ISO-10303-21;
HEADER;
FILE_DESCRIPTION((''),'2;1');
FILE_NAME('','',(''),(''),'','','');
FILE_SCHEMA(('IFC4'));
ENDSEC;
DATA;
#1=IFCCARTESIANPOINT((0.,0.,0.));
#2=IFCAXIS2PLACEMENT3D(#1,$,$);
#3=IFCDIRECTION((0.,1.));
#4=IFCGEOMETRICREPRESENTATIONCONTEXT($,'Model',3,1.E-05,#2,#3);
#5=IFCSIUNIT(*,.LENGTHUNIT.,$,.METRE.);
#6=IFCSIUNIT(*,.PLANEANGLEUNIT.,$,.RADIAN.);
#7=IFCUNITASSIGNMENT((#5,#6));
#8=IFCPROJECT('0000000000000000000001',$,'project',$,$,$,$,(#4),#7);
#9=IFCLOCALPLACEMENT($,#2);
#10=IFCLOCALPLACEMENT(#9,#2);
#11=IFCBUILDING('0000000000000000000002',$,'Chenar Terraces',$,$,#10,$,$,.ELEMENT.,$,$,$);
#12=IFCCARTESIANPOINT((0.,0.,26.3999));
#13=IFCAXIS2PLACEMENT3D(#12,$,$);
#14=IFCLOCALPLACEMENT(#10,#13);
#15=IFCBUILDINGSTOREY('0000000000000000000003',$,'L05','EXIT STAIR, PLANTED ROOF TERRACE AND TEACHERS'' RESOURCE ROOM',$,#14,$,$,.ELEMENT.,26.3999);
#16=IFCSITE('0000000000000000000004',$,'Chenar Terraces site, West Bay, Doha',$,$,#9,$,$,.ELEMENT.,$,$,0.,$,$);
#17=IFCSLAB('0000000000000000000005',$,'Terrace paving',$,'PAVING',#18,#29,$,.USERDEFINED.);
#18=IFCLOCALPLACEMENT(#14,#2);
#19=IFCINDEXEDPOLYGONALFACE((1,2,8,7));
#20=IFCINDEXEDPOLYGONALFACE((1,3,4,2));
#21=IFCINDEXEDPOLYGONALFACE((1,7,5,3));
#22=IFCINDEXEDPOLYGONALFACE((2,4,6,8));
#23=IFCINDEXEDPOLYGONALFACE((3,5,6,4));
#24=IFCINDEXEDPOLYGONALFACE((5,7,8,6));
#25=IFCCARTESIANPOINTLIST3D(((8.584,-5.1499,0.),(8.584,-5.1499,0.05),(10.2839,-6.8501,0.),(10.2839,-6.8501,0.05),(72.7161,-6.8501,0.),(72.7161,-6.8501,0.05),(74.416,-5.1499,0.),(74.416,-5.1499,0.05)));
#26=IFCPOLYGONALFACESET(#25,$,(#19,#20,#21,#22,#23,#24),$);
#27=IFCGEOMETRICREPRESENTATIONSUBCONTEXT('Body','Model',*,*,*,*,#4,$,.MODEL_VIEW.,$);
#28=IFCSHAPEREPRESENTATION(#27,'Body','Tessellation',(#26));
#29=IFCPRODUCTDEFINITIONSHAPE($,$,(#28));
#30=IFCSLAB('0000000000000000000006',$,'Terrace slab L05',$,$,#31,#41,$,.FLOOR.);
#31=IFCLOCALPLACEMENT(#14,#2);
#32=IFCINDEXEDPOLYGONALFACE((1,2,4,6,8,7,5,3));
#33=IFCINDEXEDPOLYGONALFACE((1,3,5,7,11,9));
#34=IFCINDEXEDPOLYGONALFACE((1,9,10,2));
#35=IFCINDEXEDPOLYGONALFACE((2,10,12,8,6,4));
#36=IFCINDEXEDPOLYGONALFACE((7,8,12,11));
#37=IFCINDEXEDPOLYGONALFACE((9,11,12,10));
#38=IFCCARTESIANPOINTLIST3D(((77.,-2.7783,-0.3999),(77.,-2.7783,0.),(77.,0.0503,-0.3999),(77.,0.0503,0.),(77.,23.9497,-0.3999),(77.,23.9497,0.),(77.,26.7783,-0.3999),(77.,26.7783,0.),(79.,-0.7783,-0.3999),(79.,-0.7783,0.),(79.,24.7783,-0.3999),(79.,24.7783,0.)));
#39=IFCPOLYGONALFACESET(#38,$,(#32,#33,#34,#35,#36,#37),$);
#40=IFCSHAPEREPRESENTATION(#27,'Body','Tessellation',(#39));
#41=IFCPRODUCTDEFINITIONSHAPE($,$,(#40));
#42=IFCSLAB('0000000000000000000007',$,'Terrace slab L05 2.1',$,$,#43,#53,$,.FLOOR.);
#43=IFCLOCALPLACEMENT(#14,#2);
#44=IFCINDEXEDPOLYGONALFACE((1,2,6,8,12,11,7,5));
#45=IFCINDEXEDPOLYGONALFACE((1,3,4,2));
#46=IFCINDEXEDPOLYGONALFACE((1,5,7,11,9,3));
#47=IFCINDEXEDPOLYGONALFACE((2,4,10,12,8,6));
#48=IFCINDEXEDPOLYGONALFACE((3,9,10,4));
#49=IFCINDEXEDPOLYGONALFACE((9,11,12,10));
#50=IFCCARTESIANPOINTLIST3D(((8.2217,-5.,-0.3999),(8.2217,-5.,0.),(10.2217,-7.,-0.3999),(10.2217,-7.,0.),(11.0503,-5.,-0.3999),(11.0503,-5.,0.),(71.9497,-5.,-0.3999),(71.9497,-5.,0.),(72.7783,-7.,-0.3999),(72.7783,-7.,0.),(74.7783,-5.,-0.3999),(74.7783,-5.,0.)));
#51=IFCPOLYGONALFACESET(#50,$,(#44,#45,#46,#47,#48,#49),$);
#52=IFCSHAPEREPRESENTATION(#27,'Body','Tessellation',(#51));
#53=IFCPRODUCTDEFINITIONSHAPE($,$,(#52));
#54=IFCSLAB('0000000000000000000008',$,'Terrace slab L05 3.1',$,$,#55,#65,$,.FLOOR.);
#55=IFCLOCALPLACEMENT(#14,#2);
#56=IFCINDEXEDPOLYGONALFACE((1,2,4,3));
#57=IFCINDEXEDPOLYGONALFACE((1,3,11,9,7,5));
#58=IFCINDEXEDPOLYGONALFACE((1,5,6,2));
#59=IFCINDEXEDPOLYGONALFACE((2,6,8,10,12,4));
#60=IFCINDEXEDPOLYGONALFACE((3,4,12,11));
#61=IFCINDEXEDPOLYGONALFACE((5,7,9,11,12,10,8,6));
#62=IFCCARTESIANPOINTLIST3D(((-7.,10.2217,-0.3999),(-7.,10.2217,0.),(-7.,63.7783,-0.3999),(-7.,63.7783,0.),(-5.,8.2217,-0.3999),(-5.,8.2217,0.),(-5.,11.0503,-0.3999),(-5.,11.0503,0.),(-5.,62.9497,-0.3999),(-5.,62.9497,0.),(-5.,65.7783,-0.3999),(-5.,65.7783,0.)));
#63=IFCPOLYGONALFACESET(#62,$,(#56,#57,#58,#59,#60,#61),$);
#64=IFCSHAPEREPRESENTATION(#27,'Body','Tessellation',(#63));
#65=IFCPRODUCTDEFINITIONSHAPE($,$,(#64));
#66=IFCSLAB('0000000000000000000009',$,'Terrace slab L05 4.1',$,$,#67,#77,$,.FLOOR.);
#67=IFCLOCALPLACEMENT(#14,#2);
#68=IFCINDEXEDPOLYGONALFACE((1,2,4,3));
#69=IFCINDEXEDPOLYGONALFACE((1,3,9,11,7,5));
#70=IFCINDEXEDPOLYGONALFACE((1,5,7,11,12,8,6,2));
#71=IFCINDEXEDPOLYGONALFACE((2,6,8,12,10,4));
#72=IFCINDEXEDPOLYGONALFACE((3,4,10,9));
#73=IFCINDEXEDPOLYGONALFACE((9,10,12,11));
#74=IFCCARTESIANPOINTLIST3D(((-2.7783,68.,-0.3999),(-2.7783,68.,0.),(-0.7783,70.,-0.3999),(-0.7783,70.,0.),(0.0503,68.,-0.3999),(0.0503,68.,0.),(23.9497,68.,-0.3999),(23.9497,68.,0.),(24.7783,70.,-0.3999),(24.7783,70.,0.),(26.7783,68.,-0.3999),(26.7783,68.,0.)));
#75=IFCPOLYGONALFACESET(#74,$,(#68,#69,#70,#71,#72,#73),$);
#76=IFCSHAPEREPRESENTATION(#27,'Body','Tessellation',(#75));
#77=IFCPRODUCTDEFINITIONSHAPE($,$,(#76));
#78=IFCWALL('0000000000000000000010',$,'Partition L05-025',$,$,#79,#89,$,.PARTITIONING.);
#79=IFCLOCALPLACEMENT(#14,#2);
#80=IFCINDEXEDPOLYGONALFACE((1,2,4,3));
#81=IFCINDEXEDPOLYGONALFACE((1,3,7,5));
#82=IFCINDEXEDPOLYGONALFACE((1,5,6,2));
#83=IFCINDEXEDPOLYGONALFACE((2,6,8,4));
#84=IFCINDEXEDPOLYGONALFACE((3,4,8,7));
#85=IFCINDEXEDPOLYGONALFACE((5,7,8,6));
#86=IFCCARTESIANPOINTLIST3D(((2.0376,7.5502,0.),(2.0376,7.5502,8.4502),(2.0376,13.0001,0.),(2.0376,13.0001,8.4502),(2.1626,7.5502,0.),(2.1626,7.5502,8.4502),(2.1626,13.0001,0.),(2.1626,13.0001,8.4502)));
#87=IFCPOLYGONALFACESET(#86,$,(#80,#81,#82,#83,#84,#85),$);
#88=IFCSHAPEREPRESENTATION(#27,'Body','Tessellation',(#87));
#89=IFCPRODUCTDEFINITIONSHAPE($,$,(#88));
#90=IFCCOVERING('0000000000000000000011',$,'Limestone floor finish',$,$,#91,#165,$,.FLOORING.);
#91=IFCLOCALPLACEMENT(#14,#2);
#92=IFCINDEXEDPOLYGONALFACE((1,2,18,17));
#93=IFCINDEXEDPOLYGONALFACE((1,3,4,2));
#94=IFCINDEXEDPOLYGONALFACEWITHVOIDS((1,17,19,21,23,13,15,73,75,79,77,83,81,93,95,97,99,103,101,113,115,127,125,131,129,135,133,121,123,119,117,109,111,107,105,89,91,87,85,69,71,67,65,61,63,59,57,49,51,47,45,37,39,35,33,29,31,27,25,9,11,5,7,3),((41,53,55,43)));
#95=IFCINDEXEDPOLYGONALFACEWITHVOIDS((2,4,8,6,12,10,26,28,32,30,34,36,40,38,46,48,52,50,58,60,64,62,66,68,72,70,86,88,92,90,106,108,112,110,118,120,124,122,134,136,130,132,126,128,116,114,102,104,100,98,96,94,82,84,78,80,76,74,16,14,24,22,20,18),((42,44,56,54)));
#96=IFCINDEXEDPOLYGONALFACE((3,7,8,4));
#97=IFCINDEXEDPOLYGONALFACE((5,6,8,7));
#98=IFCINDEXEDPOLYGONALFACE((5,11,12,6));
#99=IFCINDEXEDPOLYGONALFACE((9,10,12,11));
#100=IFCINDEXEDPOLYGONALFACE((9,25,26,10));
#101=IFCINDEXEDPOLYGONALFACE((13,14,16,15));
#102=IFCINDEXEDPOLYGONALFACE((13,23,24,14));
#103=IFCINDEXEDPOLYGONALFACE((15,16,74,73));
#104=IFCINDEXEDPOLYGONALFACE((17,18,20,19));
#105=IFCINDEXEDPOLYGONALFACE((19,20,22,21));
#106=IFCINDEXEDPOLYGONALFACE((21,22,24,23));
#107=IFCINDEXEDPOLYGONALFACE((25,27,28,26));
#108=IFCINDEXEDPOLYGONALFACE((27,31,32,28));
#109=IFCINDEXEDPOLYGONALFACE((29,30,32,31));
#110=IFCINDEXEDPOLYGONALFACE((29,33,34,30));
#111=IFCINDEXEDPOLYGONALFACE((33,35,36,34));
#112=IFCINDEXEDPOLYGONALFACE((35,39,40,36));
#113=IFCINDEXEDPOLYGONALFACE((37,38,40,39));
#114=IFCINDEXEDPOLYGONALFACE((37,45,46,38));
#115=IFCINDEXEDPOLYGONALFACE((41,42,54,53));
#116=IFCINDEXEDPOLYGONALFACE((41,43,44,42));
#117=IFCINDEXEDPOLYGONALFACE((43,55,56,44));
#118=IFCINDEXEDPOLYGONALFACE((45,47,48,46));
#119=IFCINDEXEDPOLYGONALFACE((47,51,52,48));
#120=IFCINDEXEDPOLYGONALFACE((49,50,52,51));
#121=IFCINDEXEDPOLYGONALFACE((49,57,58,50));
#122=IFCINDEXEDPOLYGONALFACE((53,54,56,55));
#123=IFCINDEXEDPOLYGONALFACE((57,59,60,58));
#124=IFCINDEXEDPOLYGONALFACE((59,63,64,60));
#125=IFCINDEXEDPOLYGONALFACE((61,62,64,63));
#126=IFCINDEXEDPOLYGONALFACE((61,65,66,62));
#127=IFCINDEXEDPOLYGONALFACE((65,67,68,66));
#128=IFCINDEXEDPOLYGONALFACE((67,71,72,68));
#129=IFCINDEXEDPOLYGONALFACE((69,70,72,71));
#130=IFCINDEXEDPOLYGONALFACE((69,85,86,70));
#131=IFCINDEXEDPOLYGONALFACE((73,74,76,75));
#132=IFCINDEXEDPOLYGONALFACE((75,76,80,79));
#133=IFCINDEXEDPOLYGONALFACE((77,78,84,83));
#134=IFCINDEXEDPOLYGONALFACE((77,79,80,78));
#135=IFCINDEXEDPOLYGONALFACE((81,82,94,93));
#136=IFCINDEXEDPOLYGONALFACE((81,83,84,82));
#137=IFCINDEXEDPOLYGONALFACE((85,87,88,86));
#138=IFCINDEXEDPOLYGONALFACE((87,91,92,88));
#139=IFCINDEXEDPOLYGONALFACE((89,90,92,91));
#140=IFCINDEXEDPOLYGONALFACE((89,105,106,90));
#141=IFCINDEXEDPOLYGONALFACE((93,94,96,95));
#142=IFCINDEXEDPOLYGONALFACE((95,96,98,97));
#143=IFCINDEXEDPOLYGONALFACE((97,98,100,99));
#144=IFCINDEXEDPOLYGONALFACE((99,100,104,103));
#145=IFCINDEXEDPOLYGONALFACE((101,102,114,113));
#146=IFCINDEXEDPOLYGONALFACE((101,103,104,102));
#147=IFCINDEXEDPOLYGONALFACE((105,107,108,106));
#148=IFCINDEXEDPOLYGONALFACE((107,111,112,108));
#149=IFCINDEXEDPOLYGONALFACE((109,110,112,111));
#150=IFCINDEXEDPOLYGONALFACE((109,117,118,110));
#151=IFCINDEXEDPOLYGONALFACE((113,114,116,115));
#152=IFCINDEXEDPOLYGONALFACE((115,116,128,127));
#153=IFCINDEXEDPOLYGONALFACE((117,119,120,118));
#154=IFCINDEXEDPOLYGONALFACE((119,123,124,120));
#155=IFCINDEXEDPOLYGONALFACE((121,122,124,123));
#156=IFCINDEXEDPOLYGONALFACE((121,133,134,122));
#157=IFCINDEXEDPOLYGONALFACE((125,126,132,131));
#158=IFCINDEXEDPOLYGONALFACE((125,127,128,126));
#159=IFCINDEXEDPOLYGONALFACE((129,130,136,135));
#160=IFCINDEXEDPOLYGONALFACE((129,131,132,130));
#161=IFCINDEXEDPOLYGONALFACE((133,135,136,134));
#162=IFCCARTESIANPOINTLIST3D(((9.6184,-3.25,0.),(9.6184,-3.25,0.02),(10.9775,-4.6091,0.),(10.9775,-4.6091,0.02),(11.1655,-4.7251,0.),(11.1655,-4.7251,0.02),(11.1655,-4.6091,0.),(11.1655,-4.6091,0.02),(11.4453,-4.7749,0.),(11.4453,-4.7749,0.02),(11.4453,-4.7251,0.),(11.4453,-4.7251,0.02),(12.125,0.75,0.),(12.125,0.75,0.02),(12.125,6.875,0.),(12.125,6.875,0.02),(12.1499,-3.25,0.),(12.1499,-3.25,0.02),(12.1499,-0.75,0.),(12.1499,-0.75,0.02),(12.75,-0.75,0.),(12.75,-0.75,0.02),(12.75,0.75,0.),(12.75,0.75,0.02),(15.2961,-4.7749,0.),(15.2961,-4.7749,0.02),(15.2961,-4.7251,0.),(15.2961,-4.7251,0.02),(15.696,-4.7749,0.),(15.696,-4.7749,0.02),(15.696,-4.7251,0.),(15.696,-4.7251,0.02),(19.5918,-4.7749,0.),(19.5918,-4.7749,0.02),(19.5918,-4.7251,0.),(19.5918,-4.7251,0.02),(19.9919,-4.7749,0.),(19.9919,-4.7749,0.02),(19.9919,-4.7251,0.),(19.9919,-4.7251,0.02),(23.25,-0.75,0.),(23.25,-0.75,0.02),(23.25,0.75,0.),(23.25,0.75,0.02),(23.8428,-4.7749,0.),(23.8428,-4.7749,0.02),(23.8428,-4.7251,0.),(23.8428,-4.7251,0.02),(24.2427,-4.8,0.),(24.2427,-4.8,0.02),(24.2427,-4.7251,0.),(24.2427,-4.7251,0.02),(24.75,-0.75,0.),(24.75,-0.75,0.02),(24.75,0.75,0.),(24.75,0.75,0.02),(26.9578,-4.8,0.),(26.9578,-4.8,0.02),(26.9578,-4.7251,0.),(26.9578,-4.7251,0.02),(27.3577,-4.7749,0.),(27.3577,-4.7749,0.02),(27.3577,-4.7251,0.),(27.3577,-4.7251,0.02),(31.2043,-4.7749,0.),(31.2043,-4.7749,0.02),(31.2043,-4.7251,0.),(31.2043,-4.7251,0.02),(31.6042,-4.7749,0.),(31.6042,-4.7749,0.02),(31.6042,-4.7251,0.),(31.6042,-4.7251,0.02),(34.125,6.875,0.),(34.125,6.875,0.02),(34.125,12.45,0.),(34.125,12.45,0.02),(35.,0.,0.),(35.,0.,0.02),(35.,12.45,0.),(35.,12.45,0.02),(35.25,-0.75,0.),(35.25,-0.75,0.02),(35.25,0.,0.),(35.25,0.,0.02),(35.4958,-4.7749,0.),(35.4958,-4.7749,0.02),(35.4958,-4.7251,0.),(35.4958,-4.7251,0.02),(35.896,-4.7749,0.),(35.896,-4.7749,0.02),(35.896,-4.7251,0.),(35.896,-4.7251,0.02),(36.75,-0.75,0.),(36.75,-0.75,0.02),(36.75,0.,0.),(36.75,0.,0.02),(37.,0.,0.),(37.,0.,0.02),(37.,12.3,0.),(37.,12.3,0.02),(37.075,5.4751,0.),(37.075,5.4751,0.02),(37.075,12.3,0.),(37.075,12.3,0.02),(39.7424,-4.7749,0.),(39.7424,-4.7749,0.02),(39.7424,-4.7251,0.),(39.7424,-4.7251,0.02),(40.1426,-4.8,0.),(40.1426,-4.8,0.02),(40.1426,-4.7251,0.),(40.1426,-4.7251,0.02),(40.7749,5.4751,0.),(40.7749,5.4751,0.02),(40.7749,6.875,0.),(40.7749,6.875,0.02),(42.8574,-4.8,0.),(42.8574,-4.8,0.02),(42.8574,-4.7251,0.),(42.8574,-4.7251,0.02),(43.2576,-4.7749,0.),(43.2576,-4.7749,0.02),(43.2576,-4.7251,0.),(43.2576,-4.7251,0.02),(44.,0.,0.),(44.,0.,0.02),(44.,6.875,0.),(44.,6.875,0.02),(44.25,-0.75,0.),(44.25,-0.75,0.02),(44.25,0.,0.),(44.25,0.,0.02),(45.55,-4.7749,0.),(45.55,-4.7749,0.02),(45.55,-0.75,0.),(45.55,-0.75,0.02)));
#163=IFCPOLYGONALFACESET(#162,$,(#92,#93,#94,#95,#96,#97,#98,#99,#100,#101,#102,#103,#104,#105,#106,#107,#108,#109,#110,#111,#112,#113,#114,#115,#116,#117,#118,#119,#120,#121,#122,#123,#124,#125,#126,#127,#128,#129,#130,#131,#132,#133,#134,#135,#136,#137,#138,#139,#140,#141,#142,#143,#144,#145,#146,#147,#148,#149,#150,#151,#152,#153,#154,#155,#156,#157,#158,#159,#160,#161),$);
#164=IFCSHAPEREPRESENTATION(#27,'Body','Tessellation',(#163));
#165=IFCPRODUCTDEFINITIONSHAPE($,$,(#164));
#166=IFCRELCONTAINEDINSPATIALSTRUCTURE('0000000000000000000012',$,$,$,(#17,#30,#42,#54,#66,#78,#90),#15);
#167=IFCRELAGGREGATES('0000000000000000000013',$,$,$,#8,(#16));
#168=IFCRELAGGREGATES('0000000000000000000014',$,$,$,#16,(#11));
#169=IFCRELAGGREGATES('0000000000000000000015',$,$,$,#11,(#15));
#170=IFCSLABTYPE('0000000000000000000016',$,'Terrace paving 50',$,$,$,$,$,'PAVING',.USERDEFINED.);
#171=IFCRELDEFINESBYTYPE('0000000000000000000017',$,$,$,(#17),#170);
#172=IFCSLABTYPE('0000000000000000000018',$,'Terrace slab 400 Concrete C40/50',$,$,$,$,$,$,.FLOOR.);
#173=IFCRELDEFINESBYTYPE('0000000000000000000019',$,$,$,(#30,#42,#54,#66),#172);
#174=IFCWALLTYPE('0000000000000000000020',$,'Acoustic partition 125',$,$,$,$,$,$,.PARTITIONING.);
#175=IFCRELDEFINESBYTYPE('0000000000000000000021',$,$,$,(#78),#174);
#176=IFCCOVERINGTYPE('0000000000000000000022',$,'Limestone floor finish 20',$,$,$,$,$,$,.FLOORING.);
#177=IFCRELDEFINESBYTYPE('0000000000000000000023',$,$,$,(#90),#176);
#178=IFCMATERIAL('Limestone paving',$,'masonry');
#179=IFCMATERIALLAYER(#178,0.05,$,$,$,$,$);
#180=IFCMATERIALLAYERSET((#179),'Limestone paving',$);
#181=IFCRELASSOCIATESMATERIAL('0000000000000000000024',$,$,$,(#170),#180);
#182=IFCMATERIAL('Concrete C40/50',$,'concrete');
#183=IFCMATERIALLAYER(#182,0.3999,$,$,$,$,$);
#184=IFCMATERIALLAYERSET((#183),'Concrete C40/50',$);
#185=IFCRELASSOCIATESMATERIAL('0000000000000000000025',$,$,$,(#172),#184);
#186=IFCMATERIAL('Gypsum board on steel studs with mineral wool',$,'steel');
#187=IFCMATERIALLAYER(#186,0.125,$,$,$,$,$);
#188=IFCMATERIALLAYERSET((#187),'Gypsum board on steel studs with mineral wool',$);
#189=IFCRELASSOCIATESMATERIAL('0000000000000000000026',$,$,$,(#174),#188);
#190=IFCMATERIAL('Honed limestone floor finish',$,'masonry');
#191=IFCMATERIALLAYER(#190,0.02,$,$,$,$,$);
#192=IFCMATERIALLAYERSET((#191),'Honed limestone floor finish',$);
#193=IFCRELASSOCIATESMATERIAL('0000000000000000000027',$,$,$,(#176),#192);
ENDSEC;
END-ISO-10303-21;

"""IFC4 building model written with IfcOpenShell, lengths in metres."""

from ifc_helpers import new_model, si_unit, direction, frame, frame_2d, origin, place, context, subcontext, project, spatial, polyline, rectangle, outline, extrude, material, layer, layer_set, type_object, element, save


model = new_model("IFC4")

# Units and contexts
model_context = context("Model", 3, precision=1e-05, world=origin(), true_north=direction((0.0, 1.0)))
body_context = subcontext(model_context, "Body", "Model", "MODEL_VIEW")
ifc_project = project(units=[si_unit("LENGTHUNIT", "METRE"), si_unit("PLANEANGLEUNIT", "RADIAN")], contexts=[model_context])

# Site, building, storey
site_placement = place(None, origin())
site = spatial("IfcSite", under=ifc_project, at=site_placement, Name="Chenar Terraces site, West Bay, Doha", CompositionType="ELEMENT", RefElevation=0.0)
building_placement = place(site_placement, origin())
building = spatial("IfcBuilding", under=site, at=building_placement, Name="Chenar Terraces", CompositionType="ELEMENT")
storey_placement = place(building_placement, frame((0.0, 0.0, 26.3999)))
storey = spatial("IfcBuildingStorey", under=building, at=storey_placement, Name="L05", Description="EXIT STAIR, PLANTED ROOF TERRACE AND TEACHERS' RESOURCE ROOM", CompositionType="ELEMENT", Elevation=26.3999)

# Shared definitions
placement_1 = place(storey_placement, origin())

# Shared definitions
placement_2 = place(storey_placement, frame((0.0, 0.0, -0.3999)))

# Slabs
ifc_material_1 = material(Name="Limestone paving", Category="masonry")
ifc_layer_1 = layer(ifc_material_1, 0.05)
ifc_layer_set_1 = layer_set([ifc_layer_1], Name="Limestone paving")
slab_type_1 = type_object("IfcSlabType", Name="Terrace paving 50", ElementType="PAVING", PredefinedType="USERDEFINED", material=ifc_layer_set_1)
element("IfcSlab", 1, at=placement_1, inside=storey, type_object=slab_type_1, Name="Terrace paving", ObjectType="PAVING", PredefinedType="USERDEFINED", context=body_context, shape_type="SweptSolid", body=[
    extrude(outline(polyline([(72.7161, -6.8501), (10.2839, -6.8501), (8.584, -5.1499), (74.416, -5.1499), (72.7161, -6.8501)])), origin(), (0.0, 0.0, 1.0), 0.05),
])
ifc_material_2 = material(Name="Concrete C40/50", Category="concrete")
ifc_layer_2 = layer(ifc_material_2, 0.3999)
ifc_layer_set_2 = layer_set([ifc_layer_2], Name="Concrete C40/50")
slab_type_2 = type_object("IfcSlabType", Name="Terrace slab 400 Concrete C40/50", PredefinedType="FLOOR", material=ifc_layer_set_2)
element("IfcSlab", 2, at=placement_2, inside=storey, type_object=slab_type_2, Name="Terrace slab L05", PredefinedType="FLOOR", context=body_context, shape_type="SweptSolid", body=[
    extrude(outline(polyline([(79.0, 24.7783), (79.0, -0.7783), (77.0, -2.7783), (77.0, 0.0503), (77.0, 23.9497), (77.0, 26.7783), (79.0, 24.7783)])), origin(), (0.0, 0.0, 1.0), 0.3999),
])
element("IfcSlab", 3, at=placement_2, inside=storey, type_object=slab_type_2, Name="Terrace slab L05 2.1", PredefinedType="FLOOR", context=body_context, shape_type="SweptSolid", body=[
    extrude(outline(polyline([(72.7783, -7.0), (10.2217, -7.0), (8.2217, -5.0), (11.0503, -5.0), (71.9497, -5.0), (74.7783, -5.0), (72.7783, -7.0)])), origin(), (0.0, 0.0, 1.0), 0.3999),
])
element("IfcSlab", 4, at=placement_2, inside=storey, type_object=slab_type_2, Name="Terrace slab L05 3.1", PredefinedType="FLOOR", context=body_context, shape_type="SweptSolid", body=[
    extrude(outline(polyline([(-7.0, 10.2217), (-7.0, 63.7783), (-5.0, 65.7783), (-5.0, 62.9497), (-5.0, 11.0503), (-5.0, 8.2217), (-7.0, 10.2217)])), origin(), (0.0, 0.0, 1.0), 0.3999),
])
element("IfcSlab", 5, at=placement_2, inside=storey, type_object=slab_type_2, Name="Terrace slab L05 4.1", PredefinedType="FLOOR", context=body_context, shape_type="SweptSolid", body=[
    extrude(outline(polyline([(-0.7783, 70.0), (24.7783, 70.0), (26.7783, 68.0), (23.9497, 68.0), (0.0503, 68.0), (-2.7783, 68.0), (-0.7783, 70.0)])), origin(), (0.0, 0.0, 1.0), 0.3999),
])

# Wall
ifc_material_3 = material(Name="Gypsum board on steel studs with mineral wool", Category="steel")
ifc_layer_3 = layer(ifc_material_3, 0.125)
ifc_layer_set_3 = layer_set([ifc_layer_3], Name="Gypsum board on steel studs with mineral wool")
wall_type_1 = type_object("IfcWallType", Name="Acoustic partition 125", PredefinedType="PARTITIONING", material=ifc_layer_set_3)
wall_1_placement = place(storey_placement, frame((2.1001, 7.55, 0.0), z_axis=(0.0, 0.0, 1.0), x_axis=(0.0, 1.0, 0.0)))
element("IfcWall", 6, at=wall_1_placement, inside=storey, type_object=wall_type_1, Name="Partition L05-025", PredefinedType="PARTITIONING", context=body_context, shape_type="SweptSolid", body=[
    extrude(rectangle(XDim=5.45, YDim=0.125, at=frame_2d((2.7251, 0.0))), origin(), (0.0, 0.0, 1.0), 8.4502),
])

# Covering
ifc_material_4 = material(Name="Honed limestone floor finish", Category="masonry")
ifc_layer_4 = layer(ifc_material_4, 0.02)
ifc_layer_set_4 = layer_set([ifc_layer_4], Name="Honed limestone floor finish")
covering_type = type_object("IfcCoveringType", Name="Limestone floor finish 20", PredefinedType="FLOORING", material=ifc_layer_set_4)
element("IfcCovering", 7, at=placement_1, inside=storey, type_object=covering_type, Name="Limestone floor finish", PredefinedType="FLOORING", context=body_context, shape_type="SweptSolid", body=[
    extrude(outline(polyline([(12.125, 6.875), (34.125, 6.875), (34.125, 12.45), (35.0, 12.45), (35.0, 0.0), (35.25, 0.0), (35.25, -0.75), (36.75, -0.75), (36.75, 0.0), (37.0, 0.0), (37.0, 12.3), (37.075, 12.3), (37.075, 5.4751), (40.7749, 5.4751), (40.7749, 6.875), (44.0, 6.875), (44.0, 0.0), (44.25, 0.0), (44.25, -0.75), (45.55, -0.75), (45.55, -4.7749), (43.2576, -4.7749), (43.2576, -4.7251), (42.8574, -4.7251), (42.8574, -4.8), (40.1426, -4.8), (40.1426, -4.7251), (39.7424, -4.7251), (39.7424, -4.7749), (35.896, -4.7749), (35.896, -4.7251), (35.4958, -4.7251), (35.4958, -4.7749), (31.6042, -4.7749), (31.6042, -4.7251), (31.2043, -4.7251), (31.2043, -4.7749), (27.3577, -4.7749), (27.3577, -4.7251), (26.9578, -4.7251), (26.9578, -4.8), (24.2427, -4.8), (24.2427, -4.7251), (23.8428, -4.7251), (23.8428, -4.7749), (19.9919, -4.7749), (19.9919, -4.7251), (19.5918, -4.7251), (19.5918, -4.7749), (15.696, -4.7749), (15.696, -4.7251), (15.2961, -4.7251), (15.2961, -4.7749), (11.4453, -4.7749), (11.4453, -4.7251), (11.1655, -4.7251), (11.1655, -4.6091), (10.9775, -4.6091), (9.6184, -3.25), (12.1499, -3.25), (12.1499, -0.75), (12.75, -0.75), (12.75, 0.75), (12.125, 0.75), (12.125, 6.875)]), holes=[polyline([(23.25, -0.75), (24.75, -0.75), (24.75, 0.75), (23.25, 0.75), (23.25, -0.75)])]), origin(), (0.0, 0.0, 1.0), 0.02),
])

save(model, "model.ifc")
